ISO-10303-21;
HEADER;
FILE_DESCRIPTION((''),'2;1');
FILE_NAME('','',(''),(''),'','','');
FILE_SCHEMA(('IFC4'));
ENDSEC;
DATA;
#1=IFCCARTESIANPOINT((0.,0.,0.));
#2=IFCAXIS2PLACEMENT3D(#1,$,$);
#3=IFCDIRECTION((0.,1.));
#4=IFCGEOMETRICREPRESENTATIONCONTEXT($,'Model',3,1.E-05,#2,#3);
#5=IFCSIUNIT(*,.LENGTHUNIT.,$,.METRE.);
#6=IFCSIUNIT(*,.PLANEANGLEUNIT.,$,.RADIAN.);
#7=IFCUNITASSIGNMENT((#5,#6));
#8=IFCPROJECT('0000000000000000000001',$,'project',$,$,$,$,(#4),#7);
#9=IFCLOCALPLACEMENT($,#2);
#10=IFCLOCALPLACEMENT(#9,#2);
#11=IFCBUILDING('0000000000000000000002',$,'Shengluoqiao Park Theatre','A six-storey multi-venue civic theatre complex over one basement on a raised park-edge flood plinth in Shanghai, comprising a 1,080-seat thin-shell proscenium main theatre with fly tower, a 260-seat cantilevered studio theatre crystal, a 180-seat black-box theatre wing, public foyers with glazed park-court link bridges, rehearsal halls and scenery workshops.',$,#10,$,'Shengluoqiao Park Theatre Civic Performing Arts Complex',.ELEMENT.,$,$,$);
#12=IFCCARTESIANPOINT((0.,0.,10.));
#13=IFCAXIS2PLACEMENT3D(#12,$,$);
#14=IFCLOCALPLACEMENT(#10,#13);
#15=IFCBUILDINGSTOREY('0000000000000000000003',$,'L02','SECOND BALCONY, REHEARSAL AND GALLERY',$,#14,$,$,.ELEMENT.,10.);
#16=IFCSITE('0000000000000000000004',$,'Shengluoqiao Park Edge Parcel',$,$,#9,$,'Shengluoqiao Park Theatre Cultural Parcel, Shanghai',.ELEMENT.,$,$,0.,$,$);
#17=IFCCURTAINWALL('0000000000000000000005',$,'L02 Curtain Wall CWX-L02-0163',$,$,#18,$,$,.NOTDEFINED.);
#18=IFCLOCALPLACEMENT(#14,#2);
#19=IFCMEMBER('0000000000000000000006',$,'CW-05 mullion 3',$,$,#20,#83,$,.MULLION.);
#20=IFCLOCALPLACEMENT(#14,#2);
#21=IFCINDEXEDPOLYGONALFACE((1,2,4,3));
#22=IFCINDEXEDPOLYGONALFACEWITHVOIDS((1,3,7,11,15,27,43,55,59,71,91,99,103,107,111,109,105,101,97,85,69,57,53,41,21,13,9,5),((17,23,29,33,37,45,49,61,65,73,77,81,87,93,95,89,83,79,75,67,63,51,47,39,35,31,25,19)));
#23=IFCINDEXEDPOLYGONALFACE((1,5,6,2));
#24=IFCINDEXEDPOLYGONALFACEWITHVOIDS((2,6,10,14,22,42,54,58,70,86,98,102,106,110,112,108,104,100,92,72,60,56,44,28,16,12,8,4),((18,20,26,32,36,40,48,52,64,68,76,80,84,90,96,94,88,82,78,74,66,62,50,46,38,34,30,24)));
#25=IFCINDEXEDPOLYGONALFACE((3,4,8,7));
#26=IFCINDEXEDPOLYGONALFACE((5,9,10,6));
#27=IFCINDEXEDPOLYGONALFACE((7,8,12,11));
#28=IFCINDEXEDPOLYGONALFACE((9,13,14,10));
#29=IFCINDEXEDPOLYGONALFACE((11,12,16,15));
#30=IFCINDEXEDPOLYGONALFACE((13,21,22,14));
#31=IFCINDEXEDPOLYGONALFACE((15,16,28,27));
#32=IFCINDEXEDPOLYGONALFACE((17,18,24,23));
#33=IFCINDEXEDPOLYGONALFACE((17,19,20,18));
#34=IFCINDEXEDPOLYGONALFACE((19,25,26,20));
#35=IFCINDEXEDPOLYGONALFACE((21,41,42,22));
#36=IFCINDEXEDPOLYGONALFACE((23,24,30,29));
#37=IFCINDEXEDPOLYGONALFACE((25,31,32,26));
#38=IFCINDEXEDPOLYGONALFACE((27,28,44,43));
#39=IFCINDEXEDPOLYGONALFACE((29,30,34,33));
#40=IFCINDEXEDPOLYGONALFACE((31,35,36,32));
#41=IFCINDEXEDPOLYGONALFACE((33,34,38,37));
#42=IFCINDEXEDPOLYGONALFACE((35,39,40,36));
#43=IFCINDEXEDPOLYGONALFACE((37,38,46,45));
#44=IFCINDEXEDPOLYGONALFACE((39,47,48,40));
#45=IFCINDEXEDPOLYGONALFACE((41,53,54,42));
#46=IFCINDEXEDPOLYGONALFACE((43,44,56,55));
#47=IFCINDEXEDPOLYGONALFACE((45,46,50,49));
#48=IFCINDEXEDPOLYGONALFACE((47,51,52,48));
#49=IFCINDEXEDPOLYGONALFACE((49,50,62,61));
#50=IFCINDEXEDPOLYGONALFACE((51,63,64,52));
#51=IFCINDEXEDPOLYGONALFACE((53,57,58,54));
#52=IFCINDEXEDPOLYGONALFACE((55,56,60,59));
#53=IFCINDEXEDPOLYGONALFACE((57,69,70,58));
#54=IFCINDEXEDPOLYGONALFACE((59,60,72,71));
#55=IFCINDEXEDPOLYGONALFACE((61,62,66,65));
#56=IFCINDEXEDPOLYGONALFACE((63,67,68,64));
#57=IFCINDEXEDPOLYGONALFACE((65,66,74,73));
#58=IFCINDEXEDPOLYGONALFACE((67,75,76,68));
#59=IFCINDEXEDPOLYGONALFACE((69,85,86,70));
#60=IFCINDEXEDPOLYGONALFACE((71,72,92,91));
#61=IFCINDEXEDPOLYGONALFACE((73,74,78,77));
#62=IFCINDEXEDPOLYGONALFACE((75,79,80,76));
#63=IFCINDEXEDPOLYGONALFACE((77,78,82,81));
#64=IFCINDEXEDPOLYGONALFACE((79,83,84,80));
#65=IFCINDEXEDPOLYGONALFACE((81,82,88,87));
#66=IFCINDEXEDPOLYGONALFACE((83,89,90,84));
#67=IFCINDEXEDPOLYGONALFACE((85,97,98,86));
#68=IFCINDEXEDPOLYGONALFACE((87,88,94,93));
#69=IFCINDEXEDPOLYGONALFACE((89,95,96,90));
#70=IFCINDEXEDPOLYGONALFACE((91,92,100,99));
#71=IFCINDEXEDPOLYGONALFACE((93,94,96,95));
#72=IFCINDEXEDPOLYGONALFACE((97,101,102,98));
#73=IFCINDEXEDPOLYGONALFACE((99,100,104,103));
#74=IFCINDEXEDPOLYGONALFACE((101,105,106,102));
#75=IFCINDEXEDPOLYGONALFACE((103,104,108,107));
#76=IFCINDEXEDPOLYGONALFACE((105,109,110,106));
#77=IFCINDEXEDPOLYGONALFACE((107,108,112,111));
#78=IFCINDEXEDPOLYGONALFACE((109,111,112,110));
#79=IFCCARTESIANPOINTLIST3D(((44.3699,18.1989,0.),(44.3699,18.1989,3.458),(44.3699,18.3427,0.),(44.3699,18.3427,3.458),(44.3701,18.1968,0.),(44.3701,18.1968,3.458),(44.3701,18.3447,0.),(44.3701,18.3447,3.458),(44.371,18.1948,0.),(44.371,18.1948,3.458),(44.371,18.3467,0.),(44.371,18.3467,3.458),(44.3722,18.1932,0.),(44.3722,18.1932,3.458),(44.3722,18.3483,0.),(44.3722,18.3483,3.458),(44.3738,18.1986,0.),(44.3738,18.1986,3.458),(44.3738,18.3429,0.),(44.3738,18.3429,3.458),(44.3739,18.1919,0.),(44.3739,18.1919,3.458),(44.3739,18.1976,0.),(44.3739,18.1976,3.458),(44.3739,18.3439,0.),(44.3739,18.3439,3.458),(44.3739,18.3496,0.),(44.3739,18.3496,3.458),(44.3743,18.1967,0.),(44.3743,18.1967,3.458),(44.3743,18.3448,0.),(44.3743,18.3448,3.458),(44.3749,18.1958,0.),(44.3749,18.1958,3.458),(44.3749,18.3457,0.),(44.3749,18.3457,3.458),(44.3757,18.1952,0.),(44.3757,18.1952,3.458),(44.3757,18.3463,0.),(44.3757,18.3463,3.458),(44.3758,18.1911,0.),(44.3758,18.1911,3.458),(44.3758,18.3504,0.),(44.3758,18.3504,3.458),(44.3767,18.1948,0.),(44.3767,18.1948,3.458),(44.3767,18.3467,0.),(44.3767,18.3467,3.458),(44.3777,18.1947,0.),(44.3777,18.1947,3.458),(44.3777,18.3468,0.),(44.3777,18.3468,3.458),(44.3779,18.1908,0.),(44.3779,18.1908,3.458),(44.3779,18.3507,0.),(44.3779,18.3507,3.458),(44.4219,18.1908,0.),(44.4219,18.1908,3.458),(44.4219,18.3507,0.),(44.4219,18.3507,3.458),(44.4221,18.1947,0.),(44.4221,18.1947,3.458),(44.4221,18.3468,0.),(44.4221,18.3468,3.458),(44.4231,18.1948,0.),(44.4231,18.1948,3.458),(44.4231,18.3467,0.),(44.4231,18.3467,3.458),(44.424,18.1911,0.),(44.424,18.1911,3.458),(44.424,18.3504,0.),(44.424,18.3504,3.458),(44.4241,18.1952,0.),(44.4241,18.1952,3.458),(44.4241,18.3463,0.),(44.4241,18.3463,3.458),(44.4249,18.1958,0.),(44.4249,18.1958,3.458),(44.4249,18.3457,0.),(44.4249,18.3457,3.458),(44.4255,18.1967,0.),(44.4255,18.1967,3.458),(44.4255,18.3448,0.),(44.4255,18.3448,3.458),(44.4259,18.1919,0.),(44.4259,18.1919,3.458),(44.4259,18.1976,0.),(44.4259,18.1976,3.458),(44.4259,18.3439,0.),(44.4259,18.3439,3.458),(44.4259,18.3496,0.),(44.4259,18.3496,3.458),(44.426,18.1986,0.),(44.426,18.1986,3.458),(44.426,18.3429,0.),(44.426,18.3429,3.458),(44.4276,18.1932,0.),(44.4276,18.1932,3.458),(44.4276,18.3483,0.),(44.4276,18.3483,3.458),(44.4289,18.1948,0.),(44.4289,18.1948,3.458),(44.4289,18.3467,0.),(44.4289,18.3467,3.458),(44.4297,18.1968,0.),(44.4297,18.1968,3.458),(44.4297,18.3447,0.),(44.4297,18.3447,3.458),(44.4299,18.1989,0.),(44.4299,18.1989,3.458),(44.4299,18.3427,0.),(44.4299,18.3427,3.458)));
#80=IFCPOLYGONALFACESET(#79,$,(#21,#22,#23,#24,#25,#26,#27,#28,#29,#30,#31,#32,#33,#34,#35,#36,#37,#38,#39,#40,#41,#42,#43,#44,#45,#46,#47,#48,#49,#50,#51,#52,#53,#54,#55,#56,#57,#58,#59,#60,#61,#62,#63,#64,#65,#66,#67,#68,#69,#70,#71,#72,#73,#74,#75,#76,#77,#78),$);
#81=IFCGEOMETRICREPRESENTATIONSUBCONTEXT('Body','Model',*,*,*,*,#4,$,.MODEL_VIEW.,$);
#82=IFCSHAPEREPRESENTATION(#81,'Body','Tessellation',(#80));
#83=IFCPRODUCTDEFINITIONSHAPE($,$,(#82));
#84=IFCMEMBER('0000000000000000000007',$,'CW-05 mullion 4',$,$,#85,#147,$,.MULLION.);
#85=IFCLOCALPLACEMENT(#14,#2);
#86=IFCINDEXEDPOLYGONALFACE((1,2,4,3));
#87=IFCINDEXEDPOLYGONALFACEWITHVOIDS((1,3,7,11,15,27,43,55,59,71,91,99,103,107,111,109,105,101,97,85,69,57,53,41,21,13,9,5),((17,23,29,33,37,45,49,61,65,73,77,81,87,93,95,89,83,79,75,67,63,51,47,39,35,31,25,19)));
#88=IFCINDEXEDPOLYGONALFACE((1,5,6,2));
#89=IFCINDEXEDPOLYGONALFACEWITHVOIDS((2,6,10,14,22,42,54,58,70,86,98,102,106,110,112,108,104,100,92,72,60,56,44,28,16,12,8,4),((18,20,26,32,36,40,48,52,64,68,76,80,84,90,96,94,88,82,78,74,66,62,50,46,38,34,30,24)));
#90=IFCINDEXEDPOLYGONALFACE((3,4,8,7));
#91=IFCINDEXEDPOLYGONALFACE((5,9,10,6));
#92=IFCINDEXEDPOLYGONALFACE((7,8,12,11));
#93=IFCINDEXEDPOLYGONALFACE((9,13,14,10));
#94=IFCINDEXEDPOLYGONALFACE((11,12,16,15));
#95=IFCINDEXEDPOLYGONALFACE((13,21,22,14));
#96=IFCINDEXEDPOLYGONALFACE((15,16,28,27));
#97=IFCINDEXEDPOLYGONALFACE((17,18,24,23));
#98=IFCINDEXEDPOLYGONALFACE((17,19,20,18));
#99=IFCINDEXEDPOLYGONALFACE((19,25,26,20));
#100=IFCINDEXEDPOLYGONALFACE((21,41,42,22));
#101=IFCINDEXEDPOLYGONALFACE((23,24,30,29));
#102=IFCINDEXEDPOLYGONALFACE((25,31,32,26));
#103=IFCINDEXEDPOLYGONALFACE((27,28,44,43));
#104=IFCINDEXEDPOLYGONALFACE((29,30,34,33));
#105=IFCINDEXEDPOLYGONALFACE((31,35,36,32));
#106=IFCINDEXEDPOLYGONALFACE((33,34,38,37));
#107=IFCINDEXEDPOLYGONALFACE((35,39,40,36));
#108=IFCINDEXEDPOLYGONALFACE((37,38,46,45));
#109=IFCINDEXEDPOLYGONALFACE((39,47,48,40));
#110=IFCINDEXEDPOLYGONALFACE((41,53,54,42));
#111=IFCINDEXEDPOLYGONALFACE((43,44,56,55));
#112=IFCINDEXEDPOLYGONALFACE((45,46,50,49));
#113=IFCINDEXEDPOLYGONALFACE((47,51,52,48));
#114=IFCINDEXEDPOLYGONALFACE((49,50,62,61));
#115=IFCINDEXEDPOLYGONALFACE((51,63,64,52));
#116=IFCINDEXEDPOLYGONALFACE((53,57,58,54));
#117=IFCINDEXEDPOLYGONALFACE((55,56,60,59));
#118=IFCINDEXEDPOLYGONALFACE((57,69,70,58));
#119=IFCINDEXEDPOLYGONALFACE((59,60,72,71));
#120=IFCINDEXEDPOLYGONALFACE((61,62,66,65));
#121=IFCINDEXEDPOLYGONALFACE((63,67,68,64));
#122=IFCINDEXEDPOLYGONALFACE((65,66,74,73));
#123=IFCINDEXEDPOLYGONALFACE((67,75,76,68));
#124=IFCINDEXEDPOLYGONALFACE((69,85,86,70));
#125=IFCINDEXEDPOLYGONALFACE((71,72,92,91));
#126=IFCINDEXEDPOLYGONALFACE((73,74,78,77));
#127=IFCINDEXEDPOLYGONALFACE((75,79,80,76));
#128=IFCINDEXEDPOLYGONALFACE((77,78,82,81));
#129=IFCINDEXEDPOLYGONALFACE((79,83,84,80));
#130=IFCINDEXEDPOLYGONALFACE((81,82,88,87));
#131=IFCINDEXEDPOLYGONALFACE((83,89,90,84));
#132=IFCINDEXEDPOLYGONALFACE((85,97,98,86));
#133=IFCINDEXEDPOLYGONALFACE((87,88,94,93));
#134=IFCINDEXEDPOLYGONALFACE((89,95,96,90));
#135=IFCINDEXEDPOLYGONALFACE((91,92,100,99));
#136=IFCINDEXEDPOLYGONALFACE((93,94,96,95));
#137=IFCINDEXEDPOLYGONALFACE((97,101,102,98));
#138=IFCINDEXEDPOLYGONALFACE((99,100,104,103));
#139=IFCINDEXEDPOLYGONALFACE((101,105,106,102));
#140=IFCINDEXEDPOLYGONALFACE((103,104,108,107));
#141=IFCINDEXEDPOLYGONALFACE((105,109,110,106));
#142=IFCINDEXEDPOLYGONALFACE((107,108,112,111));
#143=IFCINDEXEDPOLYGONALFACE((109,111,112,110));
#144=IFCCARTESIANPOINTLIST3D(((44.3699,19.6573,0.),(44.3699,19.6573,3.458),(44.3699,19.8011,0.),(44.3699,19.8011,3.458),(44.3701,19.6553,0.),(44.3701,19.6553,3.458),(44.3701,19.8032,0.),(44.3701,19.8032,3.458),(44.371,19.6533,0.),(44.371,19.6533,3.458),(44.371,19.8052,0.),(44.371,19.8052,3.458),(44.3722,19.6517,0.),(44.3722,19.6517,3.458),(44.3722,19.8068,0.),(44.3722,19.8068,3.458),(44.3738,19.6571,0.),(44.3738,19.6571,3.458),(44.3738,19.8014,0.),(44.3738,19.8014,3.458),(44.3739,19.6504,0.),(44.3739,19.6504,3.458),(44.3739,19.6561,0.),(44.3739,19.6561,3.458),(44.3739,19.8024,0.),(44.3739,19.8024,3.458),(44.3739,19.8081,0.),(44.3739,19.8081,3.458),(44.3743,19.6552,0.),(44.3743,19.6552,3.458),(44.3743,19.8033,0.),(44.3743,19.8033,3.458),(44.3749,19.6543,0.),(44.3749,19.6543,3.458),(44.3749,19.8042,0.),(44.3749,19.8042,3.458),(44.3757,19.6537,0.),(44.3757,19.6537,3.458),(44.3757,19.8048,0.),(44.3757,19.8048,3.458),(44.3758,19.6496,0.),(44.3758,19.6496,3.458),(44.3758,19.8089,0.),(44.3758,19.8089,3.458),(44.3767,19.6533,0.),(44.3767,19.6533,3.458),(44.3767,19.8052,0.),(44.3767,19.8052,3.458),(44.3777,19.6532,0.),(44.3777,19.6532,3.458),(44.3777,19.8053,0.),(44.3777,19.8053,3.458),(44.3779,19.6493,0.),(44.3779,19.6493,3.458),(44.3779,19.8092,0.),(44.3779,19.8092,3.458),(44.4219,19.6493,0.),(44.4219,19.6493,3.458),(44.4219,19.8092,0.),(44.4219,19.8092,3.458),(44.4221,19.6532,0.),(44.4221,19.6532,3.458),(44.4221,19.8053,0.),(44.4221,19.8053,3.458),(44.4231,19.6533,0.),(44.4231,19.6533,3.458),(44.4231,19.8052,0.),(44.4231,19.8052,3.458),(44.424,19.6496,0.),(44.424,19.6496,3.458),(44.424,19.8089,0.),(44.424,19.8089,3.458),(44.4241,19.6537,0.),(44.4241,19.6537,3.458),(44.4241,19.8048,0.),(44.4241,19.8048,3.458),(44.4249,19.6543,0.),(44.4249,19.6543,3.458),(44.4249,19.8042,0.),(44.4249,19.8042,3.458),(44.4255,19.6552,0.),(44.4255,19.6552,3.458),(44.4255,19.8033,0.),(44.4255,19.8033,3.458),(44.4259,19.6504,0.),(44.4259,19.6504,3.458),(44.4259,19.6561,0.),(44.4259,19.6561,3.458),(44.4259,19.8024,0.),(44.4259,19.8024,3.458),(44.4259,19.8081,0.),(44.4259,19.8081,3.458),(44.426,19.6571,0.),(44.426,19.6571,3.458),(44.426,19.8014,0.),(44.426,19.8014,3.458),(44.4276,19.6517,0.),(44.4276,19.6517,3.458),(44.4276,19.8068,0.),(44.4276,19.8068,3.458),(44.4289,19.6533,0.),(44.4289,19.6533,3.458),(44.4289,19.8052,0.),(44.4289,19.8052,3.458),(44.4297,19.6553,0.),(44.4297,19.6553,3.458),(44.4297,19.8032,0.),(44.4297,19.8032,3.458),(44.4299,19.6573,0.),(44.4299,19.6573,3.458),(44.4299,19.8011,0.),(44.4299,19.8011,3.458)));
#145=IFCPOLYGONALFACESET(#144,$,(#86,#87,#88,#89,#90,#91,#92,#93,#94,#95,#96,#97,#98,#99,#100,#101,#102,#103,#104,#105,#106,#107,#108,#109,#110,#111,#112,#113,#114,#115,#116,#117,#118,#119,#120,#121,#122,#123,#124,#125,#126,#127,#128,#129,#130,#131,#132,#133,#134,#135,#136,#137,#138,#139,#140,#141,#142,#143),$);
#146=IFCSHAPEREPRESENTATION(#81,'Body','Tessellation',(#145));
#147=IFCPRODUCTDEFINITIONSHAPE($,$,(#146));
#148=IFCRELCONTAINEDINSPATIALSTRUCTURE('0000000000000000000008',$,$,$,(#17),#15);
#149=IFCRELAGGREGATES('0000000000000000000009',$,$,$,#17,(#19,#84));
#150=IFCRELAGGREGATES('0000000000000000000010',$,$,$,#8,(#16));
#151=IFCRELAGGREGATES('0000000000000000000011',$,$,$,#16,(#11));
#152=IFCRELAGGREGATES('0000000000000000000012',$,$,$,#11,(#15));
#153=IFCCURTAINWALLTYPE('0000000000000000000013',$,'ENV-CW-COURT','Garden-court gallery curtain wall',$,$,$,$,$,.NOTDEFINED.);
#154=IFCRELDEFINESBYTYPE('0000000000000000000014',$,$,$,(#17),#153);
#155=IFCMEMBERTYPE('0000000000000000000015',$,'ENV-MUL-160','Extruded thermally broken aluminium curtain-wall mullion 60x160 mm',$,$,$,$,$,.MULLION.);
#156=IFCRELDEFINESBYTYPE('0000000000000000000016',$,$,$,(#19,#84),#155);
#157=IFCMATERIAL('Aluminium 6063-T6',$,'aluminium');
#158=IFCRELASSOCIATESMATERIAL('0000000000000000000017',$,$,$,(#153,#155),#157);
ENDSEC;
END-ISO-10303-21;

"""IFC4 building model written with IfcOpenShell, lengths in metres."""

from ifc_helpers import new_model, si_unit, direction, frame, origin, origin_2d, place, context, subcontext, project, spatial, hollow_rectangle, extrude, material, material_profile, profile_set, type_object, element, aggregate, save


model = new_model("IFC4")

# Units and contexts
model_context = context("Model", 3, precision=1e-05, world=origin(), true_north=direction((0.0, 1.0)))
body_context = subcontext(model_context, "Body", "Model", "MODEL_VIEW")
ifc_project = project(units=[si_unit("LENGTHUNIT", "METRE"), si_unit("PLANEANGLEUNIT", "RADIAN")], contexts=[model_context])

# Site, building, storey
site_placement = place(None, origin())
site = spatial("IfcSite", under=ifc_project, at=site_placement, Name="Shengluoqiao Park Edge Parcel", LongName="Shengluoqiao Park Theatre Cultural Parcel, Shanghai", CompositionType="ELEMENT", RefElevation=0.0)
building_placement = place(site_placement, origin())
building = spatial("IfcBuilding", under=site, at=building_placement, Name="Shengluoqiao Park Theatre", Description="A six-storey multi-venue civic theatre complex over one basement on a raised park-edge flood plinth in Shanghai, comprising a 1,080-seat thin-shell proscenium main theatre with fly tower, a 260-seat cantilevered studio theatre crystal, a 180-seat black-box theatre wing, public foyers with glazed park-court link bridges, rehearsal halls and scenery workshops.", LongName="Shengluoqiao Park Theatre Civic Performing Arts Complex", CompositionType="ELEMENT")
storey_placement = place(building_placement, frame((0.0, 0.0, 10.0)))
storey = spatial("IfcBuildingStorey", under=building, at=storey_placement, Name="L02", Description="SECOND BALCONY, REHEARSAL AND GALLERY", CompositionType="ELEMENT", Elevation=10.0)

# Curtain wall, members
ifc_material_1 = material(Name="Aluminium 6063-T6", Category="aluminium")
curtain_wall_type = type_object("IfcCurtainWallType", Name="ENV-CW-COURT", Description="Garden-court gallery curtain wall", PredefinedType="NOTDEFINED", material=ifc_material_1)
curtain_wall_1_placement = place(storey_placement, origin())
curtain_wall_1 = element("IfcCurtainWall", 1, at=curtain_wall_1_placement, inside=storey, type_object=curtain_wall_type, Name="L02 Curtain Wall CWX-L02-0163", PredefinedType="NOTDEFINED")
ifc_material_profile_1 = material_profile(ifc_material_1, hollow_rectangle(XDim=0.0601, YDim=0.1599, WallThickness=0.0039, InnerFilletRadius=0.0039, OuterFilletRadius=0.0081, at=origin_2d()), Name="ALU MULLION 160x60x4")
ifc_profile_set_1 = profile_set([ifc_material_profile_1], Name="Aluminium 6063-T6")
member_type_1 = type_object("IfcMemberType", Name="ENV-MUL-160", Description="Extruded thermally broken aluminium curtain-wall mullion 60x160 mm", PredefinedType="MULLION", material=ifc_profile_set_1)
member_1_placement = place(storey_placement, frame((44.3999, 18.2708, 0.0), z_axis=(0.0, 0.0, 1.0), x_axis=(-1.0, 0.0, 0.0)))
member_1 = element("IfcMember", 2, at=member_1_placement, type_object=member_type_1, Name="CW-05 mullion 3", PredefinedType="MULLION", context=body_context, shape_type="SweptSolid", body=[
    extrude(hollow_rectangle(XDim=0.0601, YDim=0.1599, WallThickness=0.0039, InnerFilletRadius=0.0039, OuterFilletRadius=0.0081, at=origin_2d()), origin(), (0.0, 0.0, 1.0), 3.458),
])
member_2_placement = place(storey_placement, frame((44.3999, 19.7292, 0.0), z_axis=(0.0, 0.0, 1.0), x_axis=(-1.0, 0.0, 0.0)))
member_2 = element("IfcMember", 3, at=member_2_placement, type_object=member_type_1, Name="CW-05 mullion 4", PredefinedType="MULLION", context=body_context, shape_type="SweptSolid", body=[
    extrude(hollow_rectangle(XDim=0.0601, YDim=0.1599, WallThickness=0.0039, InnerFilletRadius=0.0039, OuterFilletRadius=0.0081, at=origin_2d()), origin(), (0.0, 0.0, 1.0), 3.458),
])

aggregate(curtain_wall_1, [member_1, member_2])

save(model, "model.ifc")
